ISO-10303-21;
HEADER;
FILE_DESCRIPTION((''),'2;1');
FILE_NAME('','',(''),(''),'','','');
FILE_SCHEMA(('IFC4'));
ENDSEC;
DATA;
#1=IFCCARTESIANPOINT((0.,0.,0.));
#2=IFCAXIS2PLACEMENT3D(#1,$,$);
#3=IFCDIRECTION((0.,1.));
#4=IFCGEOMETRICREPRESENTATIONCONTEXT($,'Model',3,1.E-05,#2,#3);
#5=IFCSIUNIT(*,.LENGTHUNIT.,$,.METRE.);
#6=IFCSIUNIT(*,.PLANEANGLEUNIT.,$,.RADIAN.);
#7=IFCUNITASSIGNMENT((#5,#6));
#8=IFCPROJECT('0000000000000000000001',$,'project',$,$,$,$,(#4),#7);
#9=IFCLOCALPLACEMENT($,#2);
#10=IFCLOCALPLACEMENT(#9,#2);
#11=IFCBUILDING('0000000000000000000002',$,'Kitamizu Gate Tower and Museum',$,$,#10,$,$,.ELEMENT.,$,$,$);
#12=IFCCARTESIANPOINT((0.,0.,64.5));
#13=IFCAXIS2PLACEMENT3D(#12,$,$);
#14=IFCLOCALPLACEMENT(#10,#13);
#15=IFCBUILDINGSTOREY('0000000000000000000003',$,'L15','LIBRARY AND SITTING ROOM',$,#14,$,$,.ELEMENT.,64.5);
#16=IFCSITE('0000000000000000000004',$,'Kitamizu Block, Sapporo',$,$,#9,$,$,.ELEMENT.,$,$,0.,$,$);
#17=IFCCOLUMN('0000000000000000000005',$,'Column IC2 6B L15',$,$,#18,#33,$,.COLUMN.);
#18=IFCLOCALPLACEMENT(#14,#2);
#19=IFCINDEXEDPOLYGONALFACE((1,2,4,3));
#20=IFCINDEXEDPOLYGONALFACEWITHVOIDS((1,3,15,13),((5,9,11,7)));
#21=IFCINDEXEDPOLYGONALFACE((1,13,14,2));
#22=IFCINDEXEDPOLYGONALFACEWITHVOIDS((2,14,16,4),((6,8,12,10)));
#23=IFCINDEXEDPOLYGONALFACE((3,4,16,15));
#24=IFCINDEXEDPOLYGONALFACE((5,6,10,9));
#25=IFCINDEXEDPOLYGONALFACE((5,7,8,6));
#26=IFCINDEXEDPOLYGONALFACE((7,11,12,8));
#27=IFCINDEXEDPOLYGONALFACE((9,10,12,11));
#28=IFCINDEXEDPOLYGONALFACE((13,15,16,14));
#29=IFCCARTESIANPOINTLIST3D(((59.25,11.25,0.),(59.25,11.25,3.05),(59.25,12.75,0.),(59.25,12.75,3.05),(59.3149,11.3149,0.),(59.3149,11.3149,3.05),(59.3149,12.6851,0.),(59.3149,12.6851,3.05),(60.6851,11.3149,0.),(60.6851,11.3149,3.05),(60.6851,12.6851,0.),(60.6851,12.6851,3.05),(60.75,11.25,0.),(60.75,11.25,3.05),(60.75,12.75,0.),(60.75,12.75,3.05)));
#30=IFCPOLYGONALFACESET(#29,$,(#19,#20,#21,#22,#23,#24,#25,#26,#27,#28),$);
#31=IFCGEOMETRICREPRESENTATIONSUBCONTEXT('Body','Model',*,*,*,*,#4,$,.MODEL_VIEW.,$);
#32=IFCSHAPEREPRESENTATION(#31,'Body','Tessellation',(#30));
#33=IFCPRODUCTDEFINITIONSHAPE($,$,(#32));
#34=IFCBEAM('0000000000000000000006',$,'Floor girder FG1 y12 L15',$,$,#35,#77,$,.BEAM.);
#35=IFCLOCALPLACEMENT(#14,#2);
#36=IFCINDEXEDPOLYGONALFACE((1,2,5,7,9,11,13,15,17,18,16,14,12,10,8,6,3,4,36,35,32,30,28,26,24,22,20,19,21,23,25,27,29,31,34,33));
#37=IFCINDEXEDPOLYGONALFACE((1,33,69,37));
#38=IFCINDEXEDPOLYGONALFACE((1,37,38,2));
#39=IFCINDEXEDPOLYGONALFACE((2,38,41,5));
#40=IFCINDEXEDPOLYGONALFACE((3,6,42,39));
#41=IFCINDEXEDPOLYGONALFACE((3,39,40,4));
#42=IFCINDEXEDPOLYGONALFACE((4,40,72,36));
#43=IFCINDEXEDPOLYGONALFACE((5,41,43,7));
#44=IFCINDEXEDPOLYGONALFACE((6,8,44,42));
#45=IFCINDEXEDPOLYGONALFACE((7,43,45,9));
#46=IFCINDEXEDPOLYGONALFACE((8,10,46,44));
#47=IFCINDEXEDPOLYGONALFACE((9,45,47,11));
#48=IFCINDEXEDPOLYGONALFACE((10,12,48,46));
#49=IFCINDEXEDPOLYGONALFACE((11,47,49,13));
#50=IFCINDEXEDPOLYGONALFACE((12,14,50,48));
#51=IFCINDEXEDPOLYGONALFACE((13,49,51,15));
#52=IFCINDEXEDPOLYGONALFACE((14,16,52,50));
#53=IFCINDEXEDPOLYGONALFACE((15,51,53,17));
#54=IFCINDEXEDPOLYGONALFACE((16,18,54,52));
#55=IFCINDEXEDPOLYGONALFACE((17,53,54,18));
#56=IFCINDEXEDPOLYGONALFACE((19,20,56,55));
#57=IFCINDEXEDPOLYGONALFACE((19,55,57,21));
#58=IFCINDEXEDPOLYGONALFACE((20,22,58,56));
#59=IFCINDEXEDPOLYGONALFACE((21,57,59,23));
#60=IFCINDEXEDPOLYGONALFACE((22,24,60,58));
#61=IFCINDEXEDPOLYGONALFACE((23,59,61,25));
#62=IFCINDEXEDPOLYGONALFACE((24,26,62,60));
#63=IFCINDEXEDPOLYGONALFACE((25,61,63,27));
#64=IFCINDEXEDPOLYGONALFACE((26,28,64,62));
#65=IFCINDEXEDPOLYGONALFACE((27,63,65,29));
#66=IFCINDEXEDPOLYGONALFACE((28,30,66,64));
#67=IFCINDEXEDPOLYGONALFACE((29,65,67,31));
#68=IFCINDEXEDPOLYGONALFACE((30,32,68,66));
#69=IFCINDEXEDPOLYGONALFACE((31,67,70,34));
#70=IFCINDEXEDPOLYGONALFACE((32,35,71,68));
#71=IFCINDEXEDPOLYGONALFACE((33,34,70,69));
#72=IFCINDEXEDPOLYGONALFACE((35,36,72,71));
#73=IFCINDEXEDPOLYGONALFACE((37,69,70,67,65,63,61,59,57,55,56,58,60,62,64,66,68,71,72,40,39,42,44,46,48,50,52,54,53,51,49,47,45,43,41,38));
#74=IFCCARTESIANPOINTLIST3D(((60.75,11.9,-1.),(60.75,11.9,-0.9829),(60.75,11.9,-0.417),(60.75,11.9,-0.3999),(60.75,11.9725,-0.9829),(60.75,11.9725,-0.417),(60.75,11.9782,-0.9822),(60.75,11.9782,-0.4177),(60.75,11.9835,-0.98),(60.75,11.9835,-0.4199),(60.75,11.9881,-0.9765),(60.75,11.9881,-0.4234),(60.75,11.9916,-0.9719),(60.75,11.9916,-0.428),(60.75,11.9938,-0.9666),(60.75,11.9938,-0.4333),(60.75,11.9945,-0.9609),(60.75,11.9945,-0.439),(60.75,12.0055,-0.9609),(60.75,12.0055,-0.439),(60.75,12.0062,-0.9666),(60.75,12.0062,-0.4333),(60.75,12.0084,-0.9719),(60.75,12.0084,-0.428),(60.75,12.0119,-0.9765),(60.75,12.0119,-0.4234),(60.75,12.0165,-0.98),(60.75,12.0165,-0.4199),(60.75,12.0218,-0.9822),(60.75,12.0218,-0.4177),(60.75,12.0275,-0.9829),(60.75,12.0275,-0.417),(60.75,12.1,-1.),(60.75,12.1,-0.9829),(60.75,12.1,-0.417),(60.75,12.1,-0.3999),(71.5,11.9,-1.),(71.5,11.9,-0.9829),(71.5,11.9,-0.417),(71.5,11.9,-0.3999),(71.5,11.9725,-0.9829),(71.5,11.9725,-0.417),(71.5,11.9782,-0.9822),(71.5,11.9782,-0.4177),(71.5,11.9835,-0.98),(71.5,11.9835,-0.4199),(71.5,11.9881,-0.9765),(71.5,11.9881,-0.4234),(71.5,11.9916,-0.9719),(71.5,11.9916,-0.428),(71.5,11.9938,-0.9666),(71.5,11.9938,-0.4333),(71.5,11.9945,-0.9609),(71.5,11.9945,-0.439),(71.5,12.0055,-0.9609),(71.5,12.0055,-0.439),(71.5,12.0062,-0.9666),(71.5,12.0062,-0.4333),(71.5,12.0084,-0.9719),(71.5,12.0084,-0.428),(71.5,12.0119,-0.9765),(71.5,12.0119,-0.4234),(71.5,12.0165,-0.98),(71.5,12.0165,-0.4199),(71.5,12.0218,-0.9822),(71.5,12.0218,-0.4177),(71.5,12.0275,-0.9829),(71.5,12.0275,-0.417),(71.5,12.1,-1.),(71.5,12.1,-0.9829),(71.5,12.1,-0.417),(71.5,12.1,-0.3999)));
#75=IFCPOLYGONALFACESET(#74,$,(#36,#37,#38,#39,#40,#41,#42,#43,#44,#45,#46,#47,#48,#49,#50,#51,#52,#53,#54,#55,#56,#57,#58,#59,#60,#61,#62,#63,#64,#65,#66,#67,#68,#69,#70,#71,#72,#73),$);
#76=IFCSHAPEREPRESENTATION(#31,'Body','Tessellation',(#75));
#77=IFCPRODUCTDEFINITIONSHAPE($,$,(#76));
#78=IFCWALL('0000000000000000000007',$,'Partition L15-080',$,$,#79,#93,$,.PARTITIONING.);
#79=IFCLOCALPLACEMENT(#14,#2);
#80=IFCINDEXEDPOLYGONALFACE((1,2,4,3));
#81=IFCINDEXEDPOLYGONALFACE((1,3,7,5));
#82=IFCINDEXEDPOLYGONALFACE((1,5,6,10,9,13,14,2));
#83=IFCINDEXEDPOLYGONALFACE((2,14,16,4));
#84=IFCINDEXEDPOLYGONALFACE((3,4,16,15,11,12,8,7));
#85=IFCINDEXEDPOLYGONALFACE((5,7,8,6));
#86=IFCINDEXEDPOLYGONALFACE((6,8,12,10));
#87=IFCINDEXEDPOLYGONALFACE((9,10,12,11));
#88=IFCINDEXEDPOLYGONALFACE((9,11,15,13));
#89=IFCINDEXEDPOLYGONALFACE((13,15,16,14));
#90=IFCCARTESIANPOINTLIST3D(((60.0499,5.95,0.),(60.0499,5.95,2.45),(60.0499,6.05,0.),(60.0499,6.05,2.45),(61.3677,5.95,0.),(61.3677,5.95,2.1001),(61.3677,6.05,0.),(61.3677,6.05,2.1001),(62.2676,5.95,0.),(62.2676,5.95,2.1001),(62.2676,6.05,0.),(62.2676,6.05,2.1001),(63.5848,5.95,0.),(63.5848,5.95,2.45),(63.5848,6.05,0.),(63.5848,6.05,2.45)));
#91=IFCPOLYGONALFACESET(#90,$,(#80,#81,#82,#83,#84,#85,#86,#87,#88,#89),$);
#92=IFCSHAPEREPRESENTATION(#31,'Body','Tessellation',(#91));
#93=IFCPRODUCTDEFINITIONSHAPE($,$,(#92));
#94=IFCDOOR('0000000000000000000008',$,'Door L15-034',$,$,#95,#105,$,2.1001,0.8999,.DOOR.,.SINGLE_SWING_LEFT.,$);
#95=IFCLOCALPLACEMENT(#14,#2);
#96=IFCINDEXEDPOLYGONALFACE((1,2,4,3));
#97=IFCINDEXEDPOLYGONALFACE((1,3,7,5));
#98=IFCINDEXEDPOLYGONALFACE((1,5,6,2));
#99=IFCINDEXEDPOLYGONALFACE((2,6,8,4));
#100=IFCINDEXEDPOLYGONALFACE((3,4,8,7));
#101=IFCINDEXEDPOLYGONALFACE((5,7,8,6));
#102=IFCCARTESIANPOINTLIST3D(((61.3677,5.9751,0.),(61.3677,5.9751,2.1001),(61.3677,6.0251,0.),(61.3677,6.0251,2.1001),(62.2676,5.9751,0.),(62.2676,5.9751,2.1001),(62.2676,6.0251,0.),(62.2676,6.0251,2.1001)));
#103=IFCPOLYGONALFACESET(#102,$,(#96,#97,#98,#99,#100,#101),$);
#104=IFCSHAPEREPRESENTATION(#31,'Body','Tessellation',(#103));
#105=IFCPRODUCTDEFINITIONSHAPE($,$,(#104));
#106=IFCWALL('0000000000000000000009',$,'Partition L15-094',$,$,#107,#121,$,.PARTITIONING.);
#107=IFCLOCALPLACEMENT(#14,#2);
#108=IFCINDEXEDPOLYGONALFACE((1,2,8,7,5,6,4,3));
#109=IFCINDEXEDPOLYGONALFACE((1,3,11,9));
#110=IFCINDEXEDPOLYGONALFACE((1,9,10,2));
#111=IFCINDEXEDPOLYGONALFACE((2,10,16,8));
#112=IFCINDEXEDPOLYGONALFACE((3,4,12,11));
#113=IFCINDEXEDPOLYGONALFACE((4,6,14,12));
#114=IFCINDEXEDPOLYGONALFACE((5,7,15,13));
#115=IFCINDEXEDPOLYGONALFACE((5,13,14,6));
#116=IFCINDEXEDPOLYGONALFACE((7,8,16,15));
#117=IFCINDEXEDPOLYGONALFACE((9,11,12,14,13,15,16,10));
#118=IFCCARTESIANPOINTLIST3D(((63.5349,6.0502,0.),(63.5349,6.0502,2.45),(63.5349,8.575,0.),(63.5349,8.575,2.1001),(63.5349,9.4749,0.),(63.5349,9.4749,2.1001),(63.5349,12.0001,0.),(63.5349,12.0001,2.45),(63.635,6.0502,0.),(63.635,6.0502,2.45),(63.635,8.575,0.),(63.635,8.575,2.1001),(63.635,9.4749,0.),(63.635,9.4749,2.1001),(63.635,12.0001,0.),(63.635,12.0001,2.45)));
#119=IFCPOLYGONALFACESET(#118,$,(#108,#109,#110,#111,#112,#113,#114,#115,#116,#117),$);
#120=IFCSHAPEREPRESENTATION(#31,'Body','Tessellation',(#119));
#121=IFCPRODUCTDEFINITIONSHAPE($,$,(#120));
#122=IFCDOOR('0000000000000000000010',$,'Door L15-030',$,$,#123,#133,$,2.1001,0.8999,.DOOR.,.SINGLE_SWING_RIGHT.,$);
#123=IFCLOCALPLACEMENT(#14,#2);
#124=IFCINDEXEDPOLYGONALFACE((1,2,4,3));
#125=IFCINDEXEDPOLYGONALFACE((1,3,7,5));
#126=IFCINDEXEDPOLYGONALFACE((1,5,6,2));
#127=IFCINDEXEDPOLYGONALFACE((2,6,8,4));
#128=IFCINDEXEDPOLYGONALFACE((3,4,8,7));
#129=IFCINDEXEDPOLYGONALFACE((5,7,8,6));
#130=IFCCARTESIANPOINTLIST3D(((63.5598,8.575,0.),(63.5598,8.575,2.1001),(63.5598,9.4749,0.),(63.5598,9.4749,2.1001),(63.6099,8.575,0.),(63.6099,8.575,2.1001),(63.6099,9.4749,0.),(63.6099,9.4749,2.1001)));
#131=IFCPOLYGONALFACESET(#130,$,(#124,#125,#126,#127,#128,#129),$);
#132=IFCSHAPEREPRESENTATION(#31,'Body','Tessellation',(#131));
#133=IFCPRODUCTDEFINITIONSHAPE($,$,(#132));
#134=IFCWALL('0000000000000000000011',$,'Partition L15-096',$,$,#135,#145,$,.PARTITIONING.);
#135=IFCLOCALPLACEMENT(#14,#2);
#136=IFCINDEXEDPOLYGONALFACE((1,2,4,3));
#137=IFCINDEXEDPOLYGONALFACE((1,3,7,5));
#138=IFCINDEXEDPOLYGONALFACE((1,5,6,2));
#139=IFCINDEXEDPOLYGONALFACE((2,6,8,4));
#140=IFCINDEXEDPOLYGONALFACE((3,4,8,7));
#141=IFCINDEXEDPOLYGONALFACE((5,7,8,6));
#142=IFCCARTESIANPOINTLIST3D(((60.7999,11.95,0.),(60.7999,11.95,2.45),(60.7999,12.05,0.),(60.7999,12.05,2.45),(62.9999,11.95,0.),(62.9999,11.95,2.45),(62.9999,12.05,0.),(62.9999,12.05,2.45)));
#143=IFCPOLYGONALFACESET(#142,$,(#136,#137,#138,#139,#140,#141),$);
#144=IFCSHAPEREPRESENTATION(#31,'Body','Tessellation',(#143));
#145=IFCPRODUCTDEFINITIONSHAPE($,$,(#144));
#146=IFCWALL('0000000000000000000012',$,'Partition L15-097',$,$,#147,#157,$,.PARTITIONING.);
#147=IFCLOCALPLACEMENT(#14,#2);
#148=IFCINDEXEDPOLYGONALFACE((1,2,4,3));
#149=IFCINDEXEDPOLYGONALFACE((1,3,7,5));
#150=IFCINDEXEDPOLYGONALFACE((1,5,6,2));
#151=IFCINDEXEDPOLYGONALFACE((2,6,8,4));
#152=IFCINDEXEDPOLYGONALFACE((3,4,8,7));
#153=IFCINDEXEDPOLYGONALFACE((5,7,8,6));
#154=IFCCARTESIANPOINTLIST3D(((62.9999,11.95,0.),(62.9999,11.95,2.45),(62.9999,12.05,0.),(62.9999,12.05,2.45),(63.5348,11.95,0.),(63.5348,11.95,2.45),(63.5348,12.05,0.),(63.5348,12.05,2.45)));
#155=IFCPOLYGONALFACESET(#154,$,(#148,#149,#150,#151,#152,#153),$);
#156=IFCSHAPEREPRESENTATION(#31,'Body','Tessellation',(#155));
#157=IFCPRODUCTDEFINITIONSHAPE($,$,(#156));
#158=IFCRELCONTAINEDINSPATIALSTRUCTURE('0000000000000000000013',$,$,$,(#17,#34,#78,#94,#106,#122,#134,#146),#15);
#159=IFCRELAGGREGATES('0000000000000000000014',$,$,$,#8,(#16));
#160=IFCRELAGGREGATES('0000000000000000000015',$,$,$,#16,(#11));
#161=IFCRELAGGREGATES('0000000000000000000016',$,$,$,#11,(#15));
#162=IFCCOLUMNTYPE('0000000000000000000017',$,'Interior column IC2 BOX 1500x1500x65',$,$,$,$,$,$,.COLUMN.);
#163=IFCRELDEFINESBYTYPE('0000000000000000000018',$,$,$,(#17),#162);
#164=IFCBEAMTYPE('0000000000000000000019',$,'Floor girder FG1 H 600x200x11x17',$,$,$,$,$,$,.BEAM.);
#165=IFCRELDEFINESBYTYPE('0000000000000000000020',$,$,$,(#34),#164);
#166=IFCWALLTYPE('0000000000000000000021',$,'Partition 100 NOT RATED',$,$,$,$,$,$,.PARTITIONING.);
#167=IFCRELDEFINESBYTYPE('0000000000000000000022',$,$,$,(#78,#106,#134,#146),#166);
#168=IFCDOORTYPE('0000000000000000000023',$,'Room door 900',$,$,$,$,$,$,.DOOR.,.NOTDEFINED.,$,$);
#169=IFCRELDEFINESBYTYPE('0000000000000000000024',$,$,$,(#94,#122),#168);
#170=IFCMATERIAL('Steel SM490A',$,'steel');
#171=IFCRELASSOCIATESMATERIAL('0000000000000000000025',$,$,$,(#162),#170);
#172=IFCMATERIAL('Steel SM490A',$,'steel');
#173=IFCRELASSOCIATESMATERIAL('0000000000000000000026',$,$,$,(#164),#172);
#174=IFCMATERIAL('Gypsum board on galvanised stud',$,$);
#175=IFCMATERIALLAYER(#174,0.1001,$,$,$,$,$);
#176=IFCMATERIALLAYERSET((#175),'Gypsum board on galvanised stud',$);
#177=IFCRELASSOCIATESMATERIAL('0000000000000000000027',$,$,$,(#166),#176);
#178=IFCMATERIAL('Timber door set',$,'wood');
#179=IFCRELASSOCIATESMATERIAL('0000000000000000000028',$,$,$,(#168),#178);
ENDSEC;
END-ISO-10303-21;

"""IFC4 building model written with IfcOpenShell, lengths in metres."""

from ifc_helpers import new_model, si_unit, direction, frame, frame_2d, origin, origin_2d, place, context, subcontext, project, spatial, rectangle, hollow_rectangle, i_section, extrude, material, layer, layer_set, material_profile, profile_set, type_object, element, fill, save


model = new_model("IFC4")

# Units and contexts
model_context = context("Model", 3, precision=1e-05, world=origin(), true_north=direction((0.0, 1.0)))
body_context = subcontext(model_context, "Body", "Model", "MODEL_VIEW")
ifc_project = project(units=[si_unit("LENGTHUNIT", "METRE"), si_unit("PLANEANGLEUNIT", "RADIAN")], contexts=[model_context])

# Site, building, storey
site_placement = place(None, origin())
site = spatial("IfcSite", under=ifc_project, at=site_placement, Name="Kitamizu Block, Sapporo", CompositionType="ELEMENT", RefElevation=0.0)
building_placement = place(site_placement, origin())
building = spatial("IfcBuilding", under=site, at=building_placement, Name="Kitamizu Gate Tower and Museum", CompositionType="ELEMENT")
storey_placement = place(building_placement, frame((0.0, 0.0, 64.5)))
storey = spatial("IfcBuildingStorey", under=building, at=storey_placement, Name="L15", Description="LIBRARY AND SITTING ROOM", CompositionType="ELEMENT", Elevation=64.5)

# Column
ifc_material_1 = material(Name="Steel SM490A", Category="steel")
ifc_material_profile_1 = material_profile(ifc_material_1, hollow_rectangle(XDim=1.5, YDim=1.5, WallThickness=0.0649, at=origin_2d()), Name="BOX 1500x1500x65")
ifc_profile_set_1 = profile_set([ifc_material_profile_1], Name="Steel SM490A")
column_type = type_object("IfcColumnType", Name="Interior column IC2 BOX 1500x1500x65", PredefinedType="COLUMN", material=ifc_profile_set_1)
column_placement = place(storey_placement, frame((60.0, 12.0, 0.0), z_axis=(0.0, 0.0, 1.0), x_axis=(1.0, 0.0, 0.0)))
element("IfcColumn", 1, at=column_placement, inside=storey, type_object=column_type, Name="Column IC2 6B L15", PredefinedType="COLUMN", context=body_context, shape_type="SweptSolid", body=[
    extrude(hollow_rectangle(XDim=1.5, YDim=1.5, WallThickness=0.0649, at=origin_2d()), origin(), (0.0, 0.0, 1.0), 3.05),
])

# Beam
ifc_material_2 = material(Name="Steel SM490A", Category="steel")
ifc_material_profile_2 = material_profile(ifc_material_2, i_section(OverallWidth=0.2, OverallDepth=0.6001, WebThickness=0.011, FlangeThickness=0.0171, FilletRadius=0.022, at=origin_2d()), Name="H-600x200x11x17")
ifc_profile_set_2 = profile_set([ifc_material_profile_2], Name="Steel SM490A")
beam_type = type_object("IfcBeamType", Name="Floor girder FG1 H 600x200x11x17", PredefinedType="BEAM", material=ifc_profile_set_2)
beam_placement = place(storey_placement, frame((60.75, 12.0, -0.7), z_axis=(1.0, 0.0, 0.0), x_axis=(0.0, 1.0, 0.0)))
element("IfcBeam", 2, at=beam_placement, inside=storey, type_object=beam_type, Name="Floor girder FG1 y12 L15", PredefinedType="BEAM", context=body_context, shape_type="SweptSolid", body=[
    extrude(i_section(OverallWidth=0.2, OverallDepth=0.6001, WebThickness=0.011, FlangeThickness=0.0171, FilletRadius=0.022, at=origin_2d()), origin(), (0.0, 0.0, 1.0), 10.75),
])

# Walls, openings, doors
ifc_material_3 = material(Name="Gypsum board on galvanised stud")
ifc_layer = layer(ifc_material_3, 0.1001)
ifc_layer_set = layer_set([ifc_layer], Name="Gypsum board on galvanised stud")
wall_type = type_object("IfcWallType", Name="Partition 100 NOT RATED", PredefinedType="PARTITIONING", material=ifc_layer_set)
wall_1_placement = place(storey_placement, frame((63.585, 6.0, 0.0), z_axis=(0.0, 0.0, 1.0), x_axis=(-1.0, 0.0, 0.0)))
wall_1 = element("IfcWall", 3, at=wall_1_placement, inside=storey, type_object=wall_type, Name="Partition L15-080", PredefinedType="PARTITIONING", context=body_context, shape_type="SweptSolid", body=[
    extrude(rectangle(XDim=3.5349, YDim=0.1001, at=frame_2d((1.7676, 0.0))), origin(), (0.0, 0.0, 1.0), 2.45),
])
opening_1_placement = place(wall_1_placement, frame((1.3174, 0.0, 0.0)))
opening_1 = element("IfcOpeningElement", 4, at=opening_1_placement, cuts=wall_1, PredefinedType="OPENING", context=body_context, shape_type="SweptSolid", body=[
    extrude(rectangle(XDim=0.8999, YDim=2.1001, at=frame_2d((0.45, 1.05))), frame((0.0, 0.0601, 0.0), z_axis=(0.0, -1.0, 0.0), x_axis=(1.0, 0.0, 0.0)), (0.0, 0.0, 1.0), 0.1201),
])
ifc_material_4 = material(Name="Timber door set", Category="wood")
door_type = type_object("IfcDoorType", Name="Room door 900", OperationType="NOTDEFINED", PredefinedType="DOOR", material=ifc_material_4)
door_1_placement = place(opening_1_placement, origin())
door_1 = element("IfcDoor", 5, at=door_1_placement, inside=storey, type_object=door_type, Name="Door L15-034", OperationType="SINGLE_SWING_LEFT", OverallHeight=2.1001, OverallWidth=0.8999, PredefinedType="DOOR", context=body_context, shape_type="SweptSolid", body=[
    extrude(rectangle(XDim=0.8999, YDim=2.1001, at=frame_2d((0.45, 1.05))), frame((0.0, 0.0249, 0.0), z_axis=(0.0, -1.0, 0.0), x_axis=(1.0, 0.0, 0.0)), (0.0, 0.0, 1.0), 0.05),
])
fill(opening_1, door_1)
wall_2_placement = place(storey_placement, frame((63.585, 6.05, 0.0), z_axis=(0.0, 0.0, 1.0), x_axis=(0.0, 1.0, 0.0)))
wall_2 = element("IfcWall", 6, at=wall_2_placement, inside=storey, type_object=wall_type, Name="Partition L15-094", PredefinedType="PARTITIONING", context=body_context, shape_type="SweptSolid", body=[
    extrude(rectangle(XDim=5.95, YDim=0.1001, at=frame_2d((2.9751, 0.0))), origin(), (0.0, 0.0, 1.0), 2.45),
])
opening_2_placement = place(wall_2_placement, frame((2.5249, 0.0, 0.0)))
opening_2 = element("IfcOpeningElement", 7, at=opening_2_placement, cuts=wall_2, PredefinedType="OPENING", context=body_context, shape_type="SweptSolid", body=[
    extrude(rectangle(XDim=0.8999, YDim=2.1001, at=frame_2d((0.45, 1.05))), frame((0.0, 0.0601, 0.0), z_axis=(0.0, -1.0, 0.0), x_axis=(1.0, 0.0, 0.0)), (0.0, 0.0, 1.0), 0.1201),
])
door_2_placement = place(opening_2_placement, frame((0.8999, 0.0, 0.0), x_axis=(-1.0, 0.0, 0.0)))
door_2 = element("IfcDoor", 8, at=door_2_placement, inside=storey, type_object=door_type, Name="Door L15-030", OperationType="SINGLE_SWING_RIGHT", OverallHeight=2.1001, OverallWidth=0.8999, PredefinedType="DOOR", context=body_context, shape_type="SweptSolid", body=[
    extrude(rectangle(XDim=0.8999, YDim=2.1001, at=frame_2d((0.45, 1.05))), frame((0.0, 0.0249, 0.0), z_axis=(0.0, -1.0, 0.0), x_axis=(1.0, 0.0, 0.0)), (0.0, 0.0, 1.0), 0.05),
])
fill(opening_2, door_2)

# Walls
wall_3_placement = place(storey_placement, frame((63.0, 12.0, 0.0), z_axis=(0.0, 0.0, 1.0), x_axis=(-1.0, 0.0, 0.0)))
element("IfcWall", 9, at=wall_3_placement, inside=storey, type_object=wall_type, Name="Partition L15-096", PredefinedType="PARTITIONING", context=body_context, shape_type="SweptSolid", body=[
    extrude(rectangle(XDim=2.2, YDim=0.1001, at=frame_2d((1.1001, 0.0))), origin(), (0.0, 0.0, 1.0), 2.45),
])
wall_4_placement = place(storey_placement, frame((63.5349, 12.0, 0.0), z_axis=(0.0, 0.0, 1.0), x_axis=(-1.0, 0.0, 0.0)))
element("IfcWall", 10, at=wall_4_placement, inside=storey, type_object=wall_type, Name="Partition L15-097", PredefinedType="PARTITIONING", context=body_context, shape_type="SweptSolid", body=[
    extrude(rectangle(XDim=0.5349, YDim=0.1001, at=frame_2d((0.2676, 0.0))), origin(), (0.0, 0.0, 1.0), 2.45),
])

save(model, "model.ifc")
